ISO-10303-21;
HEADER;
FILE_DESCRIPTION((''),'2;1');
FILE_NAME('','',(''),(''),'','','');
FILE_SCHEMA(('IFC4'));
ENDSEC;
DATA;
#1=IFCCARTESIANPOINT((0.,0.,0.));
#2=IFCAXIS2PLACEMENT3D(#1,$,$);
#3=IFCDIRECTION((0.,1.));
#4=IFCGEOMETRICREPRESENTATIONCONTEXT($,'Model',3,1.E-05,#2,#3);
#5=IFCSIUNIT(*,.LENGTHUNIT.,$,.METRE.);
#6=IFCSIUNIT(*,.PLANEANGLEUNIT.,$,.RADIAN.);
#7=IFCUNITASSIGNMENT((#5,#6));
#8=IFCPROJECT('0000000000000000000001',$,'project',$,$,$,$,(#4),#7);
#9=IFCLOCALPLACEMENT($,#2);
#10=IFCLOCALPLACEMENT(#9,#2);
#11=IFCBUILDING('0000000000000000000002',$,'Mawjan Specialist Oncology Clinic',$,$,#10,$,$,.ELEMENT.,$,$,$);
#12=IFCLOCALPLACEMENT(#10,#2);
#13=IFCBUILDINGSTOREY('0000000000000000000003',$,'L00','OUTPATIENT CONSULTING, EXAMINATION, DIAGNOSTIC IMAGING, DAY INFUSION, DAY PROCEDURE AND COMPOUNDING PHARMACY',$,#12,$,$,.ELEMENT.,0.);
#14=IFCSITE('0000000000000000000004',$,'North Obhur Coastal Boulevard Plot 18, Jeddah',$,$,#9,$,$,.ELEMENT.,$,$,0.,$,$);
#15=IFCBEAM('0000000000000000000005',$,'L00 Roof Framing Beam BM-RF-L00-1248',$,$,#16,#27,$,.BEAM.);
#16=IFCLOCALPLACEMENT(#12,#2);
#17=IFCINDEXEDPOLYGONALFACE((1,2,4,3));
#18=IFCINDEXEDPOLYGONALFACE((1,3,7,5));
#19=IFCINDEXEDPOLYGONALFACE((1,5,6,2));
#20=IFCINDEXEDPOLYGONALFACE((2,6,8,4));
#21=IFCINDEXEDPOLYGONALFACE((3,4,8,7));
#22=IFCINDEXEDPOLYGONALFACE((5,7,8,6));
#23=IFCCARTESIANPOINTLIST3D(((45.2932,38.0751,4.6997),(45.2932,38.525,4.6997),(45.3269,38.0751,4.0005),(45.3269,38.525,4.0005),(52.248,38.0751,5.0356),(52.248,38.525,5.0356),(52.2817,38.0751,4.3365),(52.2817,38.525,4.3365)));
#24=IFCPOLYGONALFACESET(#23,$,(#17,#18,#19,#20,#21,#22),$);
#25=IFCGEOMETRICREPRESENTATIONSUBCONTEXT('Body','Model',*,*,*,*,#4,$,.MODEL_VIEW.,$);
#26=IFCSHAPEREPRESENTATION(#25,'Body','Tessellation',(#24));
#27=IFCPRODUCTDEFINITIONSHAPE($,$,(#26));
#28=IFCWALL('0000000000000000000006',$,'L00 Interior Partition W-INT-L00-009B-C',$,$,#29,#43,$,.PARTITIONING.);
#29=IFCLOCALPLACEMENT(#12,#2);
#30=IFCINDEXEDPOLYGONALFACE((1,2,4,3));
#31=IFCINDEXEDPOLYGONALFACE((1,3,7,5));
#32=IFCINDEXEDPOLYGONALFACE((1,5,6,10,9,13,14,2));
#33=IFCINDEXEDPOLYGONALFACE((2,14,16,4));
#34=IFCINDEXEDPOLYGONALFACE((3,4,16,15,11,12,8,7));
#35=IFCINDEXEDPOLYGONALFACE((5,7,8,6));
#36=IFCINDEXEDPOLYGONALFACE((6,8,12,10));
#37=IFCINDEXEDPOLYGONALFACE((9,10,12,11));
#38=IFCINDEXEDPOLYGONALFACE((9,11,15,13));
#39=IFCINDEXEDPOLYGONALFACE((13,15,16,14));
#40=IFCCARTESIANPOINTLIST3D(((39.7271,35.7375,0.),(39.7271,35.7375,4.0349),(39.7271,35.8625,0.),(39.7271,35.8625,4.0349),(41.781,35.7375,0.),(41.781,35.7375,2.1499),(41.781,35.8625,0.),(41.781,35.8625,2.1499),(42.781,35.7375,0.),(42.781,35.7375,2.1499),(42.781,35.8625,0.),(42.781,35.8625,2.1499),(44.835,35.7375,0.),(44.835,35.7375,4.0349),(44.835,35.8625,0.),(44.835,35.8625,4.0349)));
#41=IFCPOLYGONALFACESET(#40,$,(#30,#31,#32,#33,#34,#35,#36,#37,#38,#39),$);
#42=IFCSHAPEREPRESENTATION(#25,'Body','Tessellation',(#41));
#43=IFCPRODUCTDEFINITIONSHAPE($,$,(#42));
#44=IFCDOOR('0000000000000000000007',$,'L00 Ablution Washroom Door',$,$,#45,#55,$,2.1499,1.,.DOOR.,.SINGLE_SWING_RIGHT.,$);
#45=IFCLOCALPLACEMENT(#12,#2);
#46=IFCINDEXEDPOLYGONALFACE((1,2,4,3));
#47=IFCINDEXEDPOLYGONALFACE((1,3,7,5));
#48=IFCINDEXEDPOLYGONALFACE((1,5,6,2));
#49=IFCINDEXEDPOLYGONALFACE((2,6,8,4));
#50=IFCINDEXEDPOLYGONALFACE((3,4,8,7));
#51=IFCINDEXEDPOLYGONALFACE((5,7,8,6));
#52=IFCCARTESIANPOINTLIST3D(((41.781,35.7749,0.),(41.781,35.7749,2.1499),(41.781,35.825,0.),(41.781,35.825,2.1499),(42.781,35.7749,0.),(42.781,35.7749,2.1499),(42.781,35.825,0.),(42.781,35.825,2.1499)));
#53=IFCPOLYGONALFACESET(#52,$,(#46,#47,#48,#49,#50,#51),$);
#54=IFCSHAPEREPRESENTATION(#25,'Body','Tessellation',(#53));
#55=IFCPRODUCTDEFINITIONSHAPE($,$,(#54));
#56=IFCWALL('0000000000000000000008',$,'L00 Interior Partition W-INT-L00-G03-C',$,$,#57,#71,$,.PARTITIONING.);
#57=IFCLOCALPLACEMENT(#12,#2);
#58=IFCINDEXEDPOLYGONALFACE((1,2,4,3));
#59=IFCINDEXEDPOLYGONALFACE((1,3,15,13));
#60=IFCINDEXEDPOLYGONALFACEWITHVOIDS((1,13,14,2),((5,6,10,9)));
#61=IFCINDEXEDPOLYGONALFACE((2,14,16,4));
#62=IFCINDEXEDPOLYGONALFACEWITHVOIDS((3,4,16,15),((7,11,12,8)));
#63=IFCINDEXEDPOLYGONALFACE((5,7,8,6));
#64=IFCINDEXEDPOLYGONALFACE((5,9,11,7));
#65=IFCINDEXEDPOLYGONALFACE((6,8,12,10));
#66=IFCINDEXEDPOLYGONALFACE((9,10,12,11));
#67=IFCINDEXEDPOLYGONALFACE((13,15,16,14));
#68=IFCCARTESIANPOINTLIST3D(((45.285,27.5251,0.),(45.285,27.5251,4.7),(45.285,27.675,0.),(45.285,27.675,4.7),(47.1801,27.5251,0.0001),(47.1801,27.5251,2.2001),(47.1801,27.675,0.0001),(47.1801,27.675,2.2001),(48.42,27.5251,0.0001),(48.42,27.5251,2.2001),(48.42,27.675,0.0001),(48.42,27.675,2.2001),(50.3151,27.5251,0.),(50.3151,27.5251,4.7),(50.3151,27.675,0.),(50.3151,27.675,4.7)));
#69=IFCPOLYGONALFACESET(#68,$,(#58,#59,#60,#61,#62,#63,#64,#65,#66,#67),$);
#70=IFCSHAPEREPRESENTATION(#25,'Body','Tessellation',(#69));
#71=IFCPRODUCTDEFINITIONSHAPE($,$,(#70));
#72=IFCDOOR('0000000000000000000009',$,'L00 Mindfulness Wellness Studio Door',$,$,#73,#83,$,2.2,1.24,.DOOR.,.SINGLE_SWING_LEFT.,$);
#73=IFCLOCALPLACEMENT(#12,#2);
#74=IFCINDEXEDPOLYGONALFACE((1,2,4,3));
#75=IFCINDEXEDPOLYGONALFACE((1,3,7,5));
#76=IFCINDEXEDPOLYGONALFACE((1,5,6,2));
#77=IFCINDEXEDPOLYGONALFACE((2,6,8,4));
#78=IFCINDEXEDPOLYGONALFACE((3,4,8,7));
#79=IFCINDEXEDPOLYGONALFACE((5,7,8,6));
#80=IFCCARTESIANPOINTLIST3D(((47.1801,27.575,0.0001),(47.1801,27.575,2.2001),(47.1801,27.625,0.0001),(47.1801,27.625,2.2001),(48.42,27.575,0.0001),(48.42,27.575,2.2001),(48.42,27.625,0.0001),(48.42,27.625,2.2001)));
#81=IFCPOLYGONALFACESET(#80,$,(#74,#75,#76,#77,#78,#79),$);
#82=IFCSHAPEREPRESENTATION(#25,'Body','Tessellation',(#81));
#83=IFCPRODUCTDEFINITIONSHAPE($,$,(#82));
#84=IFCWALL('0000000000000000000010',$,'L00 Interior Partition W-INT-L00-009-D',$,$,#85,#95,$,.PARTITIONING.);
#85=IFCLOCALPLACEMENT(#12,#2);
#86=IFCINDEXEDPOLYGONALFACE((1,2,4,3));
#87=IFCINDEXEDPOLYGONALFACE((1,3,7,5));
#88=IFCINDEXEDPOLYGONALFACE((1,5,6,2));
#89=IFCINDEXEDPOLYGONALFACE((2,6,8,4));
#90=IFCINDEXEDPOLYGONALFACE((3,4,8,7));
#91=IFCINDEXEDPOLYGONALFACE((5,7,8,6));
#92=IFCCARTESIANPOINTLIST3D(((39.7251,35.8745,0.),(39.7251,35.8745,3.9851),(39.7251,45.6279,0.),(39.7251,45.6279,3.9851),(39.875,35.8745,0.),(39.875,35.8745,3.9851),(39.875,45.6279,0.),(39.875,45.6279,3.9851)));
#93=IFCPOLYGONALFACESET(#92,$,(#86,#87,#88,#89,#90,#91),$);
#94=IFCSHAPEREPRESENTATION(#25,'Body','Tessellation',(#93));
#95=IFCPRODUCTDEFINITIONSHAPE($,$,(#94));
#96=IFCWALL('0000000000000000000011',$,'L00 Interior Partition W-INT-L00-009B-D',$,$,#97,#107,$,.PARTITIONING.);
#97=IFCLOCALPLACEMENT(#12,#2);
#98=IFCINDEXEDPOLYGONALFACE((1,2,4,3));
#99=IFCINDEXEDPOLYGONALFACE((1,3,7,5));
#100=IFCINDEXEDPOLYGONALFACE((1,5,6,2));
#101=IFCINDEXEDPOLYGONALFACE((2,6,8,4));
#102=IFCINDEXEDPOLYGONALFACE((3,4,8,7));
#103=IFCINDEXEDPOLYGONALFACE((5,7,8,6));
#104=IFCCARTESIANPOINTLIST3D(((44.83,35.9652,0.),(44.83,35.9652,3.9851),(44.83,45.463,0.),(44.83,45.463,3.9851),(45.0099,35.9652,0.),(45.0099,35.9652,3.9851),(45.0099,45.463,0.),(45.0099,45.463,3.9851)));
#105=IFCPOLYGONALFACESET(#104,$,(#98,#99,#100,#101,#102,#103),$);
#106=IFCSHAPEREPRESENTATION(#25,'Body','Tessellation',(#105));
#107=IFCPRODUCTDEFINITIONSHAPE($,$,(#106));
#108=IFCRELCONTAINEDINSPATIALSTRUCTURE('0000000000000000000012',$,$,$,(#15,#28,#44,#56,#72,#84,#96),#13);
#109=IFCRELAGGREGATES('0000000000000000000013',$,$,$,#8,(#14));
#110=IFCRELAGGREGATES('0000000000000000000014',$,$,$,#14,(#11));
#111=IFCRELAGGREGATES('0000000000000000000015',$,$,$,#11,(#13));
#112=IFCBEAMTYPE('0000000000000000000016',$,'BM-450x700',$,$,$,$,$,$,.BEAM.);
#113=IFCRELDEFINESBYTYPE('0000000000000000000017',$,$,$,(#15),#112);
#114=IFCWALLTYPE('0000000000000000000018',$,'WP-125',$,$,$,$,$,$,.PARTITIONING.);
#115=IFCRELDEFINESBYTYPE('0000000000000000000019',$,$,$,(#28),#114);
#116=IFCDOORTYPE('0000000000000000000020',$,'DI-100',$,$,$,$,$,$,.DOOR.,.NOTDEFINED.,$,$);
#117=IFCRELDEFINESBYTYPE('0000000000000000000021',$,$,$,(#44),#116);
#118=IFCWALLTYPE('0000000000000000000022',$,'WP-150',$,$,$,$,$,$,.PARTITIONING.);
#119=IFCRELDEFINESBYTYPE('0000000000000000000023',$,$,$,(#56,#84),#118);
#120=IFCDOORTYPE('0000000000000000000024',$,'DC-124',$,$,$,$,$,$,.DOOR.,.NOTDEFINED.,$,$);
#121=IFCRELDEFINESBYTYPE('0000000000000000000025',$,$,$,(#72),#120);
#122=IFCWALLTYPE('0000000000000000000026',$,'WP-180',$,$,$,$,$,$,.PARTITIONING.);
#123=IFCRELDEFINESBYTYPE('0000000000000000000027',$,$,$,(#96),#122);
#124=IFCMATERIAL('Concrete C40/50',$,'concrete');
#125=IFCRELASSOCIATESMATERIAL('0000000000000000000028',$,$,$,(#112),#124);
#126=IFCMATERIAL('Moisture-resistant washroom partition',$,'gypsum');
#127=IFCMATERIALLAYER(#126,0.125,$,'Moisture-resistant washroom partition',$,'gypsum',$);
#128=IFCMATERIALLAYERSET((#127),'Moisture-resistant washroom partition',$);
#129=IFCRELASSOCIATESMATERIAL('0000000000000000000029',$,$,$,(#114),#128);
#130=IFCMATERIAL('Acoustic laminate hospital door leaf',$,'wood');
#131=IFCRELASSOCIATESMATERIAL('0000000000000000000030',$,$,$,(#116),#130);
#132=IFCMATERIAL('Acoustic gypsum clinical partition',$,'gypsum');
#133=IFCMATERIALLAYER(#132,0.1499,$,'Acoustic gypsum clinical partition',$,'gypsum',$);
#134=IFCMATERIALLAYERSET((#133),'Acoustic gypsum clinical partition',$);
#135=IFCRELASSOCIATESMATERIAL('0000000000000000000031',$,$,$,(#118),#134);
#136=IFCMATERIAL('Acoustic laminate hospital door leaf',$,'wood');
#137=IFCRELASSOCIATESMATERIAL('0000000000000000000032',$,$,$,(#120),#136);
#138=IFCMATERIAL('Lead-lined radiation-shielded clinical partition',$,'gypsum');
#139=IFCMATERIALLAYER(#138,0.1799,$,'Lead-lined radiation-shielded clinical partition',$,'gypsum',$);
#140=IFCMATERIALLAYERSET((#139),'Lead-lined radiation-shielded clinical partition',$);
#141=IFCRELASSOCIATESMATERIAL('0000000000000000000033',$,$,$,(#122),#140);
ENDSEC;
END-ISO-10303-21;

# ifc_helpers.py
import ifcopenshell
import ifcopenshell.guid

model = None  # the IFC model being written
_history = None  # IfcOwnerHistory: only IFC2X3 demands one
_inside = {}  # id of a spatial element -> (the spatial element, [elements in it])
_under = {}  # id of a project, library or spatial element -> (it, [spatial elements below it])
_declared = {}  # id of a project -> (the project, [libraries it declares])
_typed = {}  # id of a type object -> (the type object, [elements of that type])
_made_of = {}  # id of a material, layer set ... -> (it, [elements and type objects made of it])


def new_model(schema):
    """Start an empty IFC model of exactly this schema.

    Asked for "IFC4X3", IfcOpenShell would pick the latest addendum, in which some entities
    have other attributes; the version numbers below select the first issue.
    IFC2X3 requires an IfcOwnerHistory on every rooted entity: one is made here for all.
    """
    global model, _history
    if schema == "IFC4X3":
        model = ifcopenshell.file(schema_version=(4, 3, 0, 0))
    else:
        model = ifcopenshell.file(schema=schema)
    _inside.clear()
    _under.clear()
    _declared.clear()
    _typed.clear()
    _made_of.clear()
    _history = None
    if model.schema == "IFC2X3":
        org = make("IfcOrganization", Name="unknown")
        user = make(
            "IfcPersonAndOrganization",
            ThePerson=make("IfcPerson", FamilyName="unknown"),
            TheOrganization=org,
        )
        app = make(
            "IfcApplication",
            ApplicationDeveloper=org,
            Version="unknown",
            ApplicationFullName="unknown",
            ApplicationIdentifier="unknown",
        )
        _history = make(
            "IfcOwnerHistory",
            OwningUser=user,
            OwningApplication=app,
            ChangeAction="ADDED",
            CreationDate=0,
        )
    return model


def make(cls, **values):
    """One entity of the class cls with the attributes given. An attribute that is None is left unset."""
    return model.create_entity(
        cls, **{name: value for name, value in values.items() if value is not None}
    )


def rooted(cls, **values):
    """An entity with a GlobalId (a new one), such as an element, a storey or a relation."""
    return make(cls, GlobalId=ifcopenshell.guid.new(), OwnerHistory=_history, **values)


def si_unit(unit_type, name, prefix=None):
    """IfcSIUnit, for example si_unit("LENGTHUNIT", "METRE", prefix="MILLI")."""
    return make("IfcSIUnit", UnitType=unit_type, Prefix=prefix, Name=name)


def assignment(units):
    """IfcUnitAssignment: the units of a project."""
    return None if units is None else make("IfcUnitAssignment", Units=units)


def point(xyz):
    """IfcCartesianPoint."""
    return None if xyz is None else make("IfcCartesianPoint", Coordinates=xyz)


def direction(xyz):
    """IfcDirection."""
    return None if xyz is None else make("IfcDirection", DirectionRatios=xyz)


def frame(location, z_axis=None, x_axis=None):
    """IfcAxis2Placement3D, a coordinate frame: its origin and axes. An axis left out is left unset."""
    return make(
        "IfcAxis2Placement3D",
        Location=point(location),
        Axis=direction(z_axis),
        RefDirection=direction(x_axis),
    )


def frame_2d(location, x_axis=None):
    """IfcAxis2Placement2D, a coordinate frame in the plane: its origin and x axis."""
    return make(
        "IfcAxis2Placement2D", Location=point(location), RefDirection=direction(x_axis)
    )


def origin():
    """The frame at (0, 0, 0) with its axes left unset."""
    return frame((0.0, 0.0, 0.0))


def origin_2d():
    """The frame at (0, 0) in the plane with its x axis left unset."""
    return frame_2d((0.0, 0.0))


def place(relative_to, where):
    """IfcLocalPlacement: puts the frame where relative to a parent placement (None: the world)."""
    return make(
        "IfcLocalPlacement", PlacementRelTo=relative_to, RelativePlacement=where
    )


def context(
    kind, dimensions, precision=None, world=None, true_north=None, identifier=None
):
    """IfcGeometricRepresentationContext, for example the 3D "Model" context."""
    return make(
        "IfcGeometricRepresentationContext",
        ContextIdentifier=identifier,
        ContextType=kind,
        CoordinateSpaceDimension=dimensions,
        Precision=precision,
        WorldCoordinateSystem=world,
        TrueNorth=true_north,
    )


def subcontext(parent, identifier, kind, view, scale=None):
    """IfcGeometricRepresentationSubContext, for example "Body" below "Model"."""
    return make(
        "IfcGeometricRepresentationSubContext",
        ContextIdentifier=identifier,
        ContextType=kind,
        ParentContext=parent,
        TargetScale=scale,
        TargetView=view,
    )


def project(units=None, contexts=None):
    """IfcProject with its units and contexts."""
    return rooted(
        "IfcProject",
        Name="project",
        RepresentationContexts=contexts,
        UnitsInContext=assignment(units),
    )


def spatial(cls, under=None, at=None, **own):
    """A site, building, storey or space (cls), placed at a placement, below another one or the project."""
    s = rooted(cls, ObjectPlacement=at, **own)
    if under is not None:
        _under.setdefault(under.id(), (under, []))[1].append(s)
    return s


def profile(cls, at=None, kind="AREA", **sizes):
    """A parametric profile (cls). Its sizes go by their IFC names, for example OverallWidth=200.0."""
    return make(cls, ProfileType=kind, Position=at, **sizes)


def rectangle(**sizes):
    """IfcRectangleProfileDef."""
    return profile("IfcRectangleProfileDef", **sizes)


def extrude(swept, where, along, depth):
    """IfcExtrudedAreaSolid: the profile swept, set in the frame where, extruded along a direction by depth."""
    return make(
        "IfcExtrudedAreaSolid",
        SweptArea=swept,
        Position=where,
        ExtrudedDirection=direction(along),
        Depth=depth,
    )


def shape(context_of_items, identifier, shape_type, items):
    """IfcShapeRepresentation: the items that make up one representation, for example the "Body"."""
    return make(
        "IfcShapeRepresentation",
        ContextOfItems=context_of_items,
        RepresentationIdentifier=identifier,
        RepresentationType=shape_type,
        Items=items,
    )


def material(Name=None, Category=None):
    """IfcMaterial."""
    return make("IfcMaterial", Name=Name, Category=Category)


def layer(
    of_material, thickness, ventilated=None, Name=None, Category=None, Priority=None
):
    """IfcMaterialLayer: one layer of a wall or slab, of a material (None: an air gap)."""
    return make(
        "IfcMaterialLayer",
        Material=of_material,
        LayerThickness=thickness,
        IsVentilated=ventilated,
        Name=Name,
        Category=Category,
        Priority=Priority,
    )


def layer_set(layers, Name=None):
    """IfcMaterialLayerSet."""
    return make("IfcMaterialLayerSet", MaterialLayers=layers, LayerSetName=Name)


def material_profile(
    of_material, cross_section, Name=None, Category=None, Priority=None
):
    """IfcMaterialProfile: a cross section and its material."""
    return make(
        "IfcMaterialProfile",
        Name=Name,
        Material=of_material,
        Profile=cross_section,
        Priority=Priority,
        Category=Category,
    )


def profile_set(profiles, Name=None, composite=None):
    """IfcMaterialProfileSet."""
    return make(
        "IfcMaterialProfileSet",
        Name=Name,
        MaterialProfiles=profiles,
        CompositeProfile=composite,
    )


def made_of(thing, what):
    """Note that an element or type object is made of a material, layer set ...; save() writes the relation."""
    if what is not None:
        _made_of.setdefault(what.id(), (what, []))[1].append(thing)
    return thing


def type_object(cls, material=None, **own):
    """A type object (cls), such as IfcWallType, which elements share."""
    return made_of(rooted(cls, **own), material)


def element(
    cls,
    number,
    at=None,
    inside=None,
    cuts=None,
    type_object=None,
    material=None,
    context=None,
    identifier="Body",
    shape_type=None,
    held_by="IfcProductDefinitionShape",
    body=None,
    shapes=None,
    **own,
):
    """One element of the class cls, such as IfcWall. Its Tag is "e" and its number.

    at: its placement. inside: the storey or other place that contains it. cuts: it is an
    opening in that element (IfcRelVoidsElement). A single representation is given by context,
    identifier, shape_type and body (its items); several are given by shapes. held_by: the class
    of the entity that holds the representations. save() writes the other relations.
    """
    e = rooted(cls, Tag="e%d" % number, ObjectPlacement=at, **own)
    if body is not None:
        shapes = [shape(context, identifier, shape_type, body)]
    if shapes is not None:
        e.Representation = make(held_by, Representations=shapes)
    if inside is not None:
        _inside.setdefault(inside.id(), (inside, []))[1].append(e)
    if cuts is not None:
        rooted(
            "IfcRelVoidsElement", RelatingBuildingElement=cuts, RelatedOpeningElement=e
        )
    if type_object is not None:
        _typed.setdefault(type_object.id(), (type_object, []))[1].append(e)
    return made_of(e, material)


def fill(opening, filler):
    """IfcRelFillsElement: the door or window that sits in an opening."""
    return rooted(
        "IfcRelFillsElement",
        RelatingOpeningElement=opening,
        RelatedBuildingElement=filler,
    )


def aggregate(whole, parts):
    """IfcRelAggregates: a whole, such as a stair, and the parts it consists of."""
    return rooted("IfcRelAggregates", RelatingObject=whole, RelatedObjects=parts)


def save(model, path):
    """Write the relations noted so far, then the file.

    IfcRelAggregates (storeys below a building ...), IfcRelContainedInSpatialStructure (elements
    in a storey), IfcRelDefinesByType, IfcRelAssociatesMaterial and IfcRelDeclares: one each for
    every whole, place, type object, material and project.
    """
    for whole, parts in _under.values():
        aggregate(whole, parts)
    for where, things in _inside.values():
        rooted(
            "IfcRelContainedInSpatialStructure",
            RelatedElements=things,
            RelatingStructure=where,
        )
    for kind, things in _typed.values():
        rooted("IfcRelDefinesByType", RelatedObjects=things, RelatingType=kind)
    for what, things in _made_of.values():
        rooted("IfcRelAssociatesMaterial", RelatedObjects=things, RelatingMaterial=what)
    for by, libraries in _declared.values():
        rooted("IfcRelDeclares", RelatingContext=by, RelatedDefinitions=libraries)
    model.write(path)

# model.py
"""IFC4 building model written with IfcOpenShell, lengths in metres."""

from ifc_helpers import new_model, si_unit, direction, frame, frame_2d, origin, origin_2d, place, context, subcontext, project, spatial, rectangle, extrude, material, layer, layer_set, material_profile, profile_set, type_object, element, fill, save


model = new_model("IFC4")

# Units and contexts
model_context = context("Model", 3, precision=1e-05, world=origin(), true_north=direction((0.0, 1.0)))
body_context = subcontext(model_context, "Body", "Model", "MODEL_VIEW")
ifc_project = project(units=[si_unit("LENGTHUNIT", "METRE"), si_unit("PLANEANGLEUNIT", "RADIAN")], contexts=[model_context])

# Site, building, storey
site_placement = place(None, origin())
site = spatial("IfcSite", under=ifc_project, at=site_placement, Name="North Obhur Coastal Boulevard Plot 18, Jeddah", CompositionType="ELEMENT", RefElevation=0.0)
building_placement = place(site_placement, origin())
building = spatial("IfcBuilding", under=site, at=building_placement, Name="Mawjan Specialist Oncology Clinic", CompositionType="ELEMENT")
storey_placement = place(building_placement, origin())
storey = spatial("IfcBuildingStorey", under=building, at=storey_placement, Name="L00", Description="OUTPATIENT CONSULTING, EXAMINATION, DIAGNOSTIC IMAGING, DAY INFUSION, DAY PROCEDURE AND COMPOUNDING PHARMACY", CompositionType="ELEMENT", Elevation=0.0)

# Beam
ifc_material_1 = material(Name="Concrete C40/50", Category="concrete")
ifc_material_profile_1 = material_profile(ifc_material_1, rectangle(XDim=0.45, YDim=0.7, at=origin_2d()), Name="RC BM 450x700", Category="concrete")
ifc_profile_set_1 = profile_set([ifc_material_profile_1], Name="Concrete C40/50")
beam_type = type_object("IfcBeamType", Name="BM-450x700", PredefinedType="BEAM", material=ifc_profile_set_1)
for number, where, z_axis, x_axis, name in (
    (1, (45.3101, 38.3, 4.3501), (0.998835, 0.0, 0.048246), (0.0, 1.0, 0.0), "L00 Roof Framing Beam BM-RF-L00-1248"),
):
    element("IfcBeam", number, at=place(storey_placement, frame(where, z_axis=z_axis, x_axis=x_axis)), inside=storey, type_object=beam_type, Name=name, PredefinedType="BEAM", context=body_context, shape_type="SweptSolid", body=[
        extrude(rectangle(XDim=0.45, YDim=0.7, at=origin_2d()), origin(), (0.0, 0.0, 1.0), 6.9629),
    ])

# Walls, openings, doors
ifc_material_2 = material(Name="Moisture-resistant washroom partition", Category="gypsum")
ifc_layer_1 = layer(ifc_material_2, 0.125, Name="Moisture-resistant washroom partition", Category="gypsum")
ifc_layer_set_1 = layer_set([ifc_layer_1], Name="Moisture-resistant washroom partition")
wall_type_1 = type_object("IfcWallType", Name="WP-125", PredefinedType="PARTITIONING", material=ifc_layer_set_1)
wall_1_placement = place(storey_placement, frame((39.7271, 35.8, 0.0), z_axis=(0.0, 0.0, 1.0), x_axis=(1.0, 0.0, 0.0)))
wall_1 = element("IfcWall", 2, at=wall_1_placement, inside=storey, type_object=wall_type_1, Name="L00 Interior Partition W-INT-L00-009B-C", PredefinedType="PARTITIONING", context=body_context, shape_type="SweptSolid", body=[
    extrude(rectangle(XDim=5.1079, YDim=0.125, at=frame_2d((2.554, 0.0))), origin(), (0.0, 0.0, 1.0), 4.0349),
])
opening_1_placement = place(wall_1_placement, frame((2.054, 0.0, 0.0)))
opening_1 = element("IfcOpeningElement", 3, at=opening_1_placement, cuts=wall_1, PredefinedType="OPENING", context=body_context, shape_type="SweptSolid", body=[
    extrude(rectangle(XDim=1.0, YDim=2.1499, at=frame_2d((0.5, 1.075))), frame((0.0, 0.0745, 0.0), z_axis=(0.0, -1.0, 0.0), x_axis=(1.0, 0.0, 0.0)), (0.0, 0.0, 1.0), 0.1489),
])
ifc_material_3 = material(Name="Acoustic laminate hospital door leaf", Category="wood")
door_type_1 = type_object("IfcDoorType", Name="DI-100", OperationType="NOTDEFINED", PredefinedType="DOOR", material=ifc_material_3)
door_1_placement = place(opening_1_placement, origin())
door_1 = element("IfcDoor", 4, at=door_1_placement, inside=storey, type_object=door_type_1, Name="L00 Ablution Washroom Door", OperationType="SINGLE_SWING_RIGHT", OverallHeight=2.1499, OverallWidth=1.0, PredefinedType="DOOR", context=body_context, shape_type="SweptSolid", body=[
    extrude(rectangle(XDim=1.0, YDim=2.1499, at=frame_2d((0.5, 1.075))), frame((0.0, 0.0249, 0.0), z_axis=(0.0, -1.0, 0.0), x_axis=(1.0, 0.0, 0.0)), (0.0, 0.0, 1.0), 0.05),
])
fill(opening_1, door_1)
ifc_material_4 = material(Name="Acoustic gypsum clinical partition", Category="gypsum")
ifc_layer_2 = layer(ifc_material_4, 0.1499, Name="Acoustic gypsum clinical partition", Category="gypsum")
ifc_layer_set_2 = layer_set([ifc_layer_2], Name="Acoustic gypsum clinical partition")
wall_type_2 = type_object("IfcWallType", Name="WP-150", PredefinedType="PARTITIONING", material=ifc_layer_set_2)
wall_2_placement = place(storey_placement, frame((45.2849, 27.6001, 0.0), z_axis=(0.0, 0.0, 1.0), x_axis=(1.0, 0.0, 0.0)))
wall_2 = element("IfcWall", 5, at=wall_2_placement, inside=storey, type_object=wall_type_2, Name="L00 Interior Partition W-INT-L00-G03-C", PredefinedType="PARTITIONING", context=body_context, shape_type="SweptSolid", body=[
    extrude(rectangle(XDim=5.03, YDim=0.1499, at=frame_2d((2.5151, 0.0))), origin(), (0.0, 0.0, 1.0), 4.7),
])
opening_2_placement = place(wall_2_placement, frame((1.895, 0.0, 0.0)))
opening_2 = element("IfcOpeningElement", 6, at=opening_2_placement, cuts=wall_2, PredefinedType="OPENING", context=body_context, shape_type="SweptSolid", body=[
    extrude(rectangle(XDim=1.24, YDim=2.2, at=frame_2d((0.6201, 1.1001))), frame((0.0, 0.0869, 0.0), z_axis=(0.0, -1.0, 0.0), x_axis=(1.0, 0.0, 0.0)), (0.0, 0.0, 1.0), 0.1738),
])
ifc_material_5 = material(Name="Acoustic laminate hospital door leaf", Category="wood")
door_type_2 = type_object("IfcDoorType", Name="DC-124", OperationType="NOTDEFINED", PredefinedType="DOOR", material=ifc_material_5)
door_2_placement = place(opening_2_placement, origin())
door_2 = element("IfcDoor", 7, at=door_2_placement, inside=storey, type_object=door_type_2, Name="L00 Mindfulness Wellness Studio Door", OperationType="SINGLE_SWING_LEFT", OverallHeight=2.2, OverallWidth=1.24, PredefinedType="DOOR", context=body_context, shape_type="SweptSolid", body=[
    extrude(rectangle(XDim=1.24, YDim=2.2, at=frame_2d((0.6201, 1.1001))), frame((0.0, 0.0249, 0.0), z_axis=(0.0, -1.0, 0.0), x_axis=(1.0, 0.0, 0.0)), (0.0, 0.0, 1.0), 0.05),
])
fill(opening_2, door_2)

# Walls
wall_3_placement = place(storey_placement, frame((39.8, 35.8745, 0.0), z_axis=(0.0, 0.0, 1.0), x_axis=(0.0, 1.0, 0.0)))
element("IfcWall", 8, at=wall_3_placement, inside=storey, type_object=wall_type_2, Name="L00 Interior Partition W-INT-L00-009-D", PredefinedType="PARTITIONING", context=body_context, shape_type="SweptSolid", body=[
    extrude(rectangle(XDim=9.7534, YDim=0.1499, at=frame_2d((4.8767, 0.0))), origin(), (0.0, 0.0, 1.0), 3.9851),
])
ifc_material_6 = material(Name="Lead-lined radiation-shielded clinical partition", Category="gypsum")
ifc_layer_3 = layer(ifc_material_6, 0.1799, Name="Lead-lined radiation-shielded clinical partition", Category="gypsum")
ifc_layer_set_3 = layer_set([ifc_layer_3], Name="Lead-lined radiation-shielded clinical partition")
wall_type_3 = type_object("IfcWallType", Name="WP-180", PredefinedType="PARTITIONING", material=ifc_layer_set_3)
wall_4_placement = place(storey_placement, frame((44.9199, 35.9651, 0.0), z_axis=(0.0, 0.0, 1.0), x_axis=(0.0, 1.0, 0.0)))
element("IfcWall", 9, at=wall_4_placement, inside=storey, type_object=wall_type_3, Name="L00 Interior Partition W-INT-L00-009B-D", PredefinedType="PARTITIONING", context=body_context, shape_type="SweptSolid", body=[
    extrude(rectangle(XDim=9.4978, YDim=0.1799, at=frame_2d((4.749, 0.0))), origin(), (0.0, 0.0, 1.0), 3.9851),
])

save(model, "model.ifc")
